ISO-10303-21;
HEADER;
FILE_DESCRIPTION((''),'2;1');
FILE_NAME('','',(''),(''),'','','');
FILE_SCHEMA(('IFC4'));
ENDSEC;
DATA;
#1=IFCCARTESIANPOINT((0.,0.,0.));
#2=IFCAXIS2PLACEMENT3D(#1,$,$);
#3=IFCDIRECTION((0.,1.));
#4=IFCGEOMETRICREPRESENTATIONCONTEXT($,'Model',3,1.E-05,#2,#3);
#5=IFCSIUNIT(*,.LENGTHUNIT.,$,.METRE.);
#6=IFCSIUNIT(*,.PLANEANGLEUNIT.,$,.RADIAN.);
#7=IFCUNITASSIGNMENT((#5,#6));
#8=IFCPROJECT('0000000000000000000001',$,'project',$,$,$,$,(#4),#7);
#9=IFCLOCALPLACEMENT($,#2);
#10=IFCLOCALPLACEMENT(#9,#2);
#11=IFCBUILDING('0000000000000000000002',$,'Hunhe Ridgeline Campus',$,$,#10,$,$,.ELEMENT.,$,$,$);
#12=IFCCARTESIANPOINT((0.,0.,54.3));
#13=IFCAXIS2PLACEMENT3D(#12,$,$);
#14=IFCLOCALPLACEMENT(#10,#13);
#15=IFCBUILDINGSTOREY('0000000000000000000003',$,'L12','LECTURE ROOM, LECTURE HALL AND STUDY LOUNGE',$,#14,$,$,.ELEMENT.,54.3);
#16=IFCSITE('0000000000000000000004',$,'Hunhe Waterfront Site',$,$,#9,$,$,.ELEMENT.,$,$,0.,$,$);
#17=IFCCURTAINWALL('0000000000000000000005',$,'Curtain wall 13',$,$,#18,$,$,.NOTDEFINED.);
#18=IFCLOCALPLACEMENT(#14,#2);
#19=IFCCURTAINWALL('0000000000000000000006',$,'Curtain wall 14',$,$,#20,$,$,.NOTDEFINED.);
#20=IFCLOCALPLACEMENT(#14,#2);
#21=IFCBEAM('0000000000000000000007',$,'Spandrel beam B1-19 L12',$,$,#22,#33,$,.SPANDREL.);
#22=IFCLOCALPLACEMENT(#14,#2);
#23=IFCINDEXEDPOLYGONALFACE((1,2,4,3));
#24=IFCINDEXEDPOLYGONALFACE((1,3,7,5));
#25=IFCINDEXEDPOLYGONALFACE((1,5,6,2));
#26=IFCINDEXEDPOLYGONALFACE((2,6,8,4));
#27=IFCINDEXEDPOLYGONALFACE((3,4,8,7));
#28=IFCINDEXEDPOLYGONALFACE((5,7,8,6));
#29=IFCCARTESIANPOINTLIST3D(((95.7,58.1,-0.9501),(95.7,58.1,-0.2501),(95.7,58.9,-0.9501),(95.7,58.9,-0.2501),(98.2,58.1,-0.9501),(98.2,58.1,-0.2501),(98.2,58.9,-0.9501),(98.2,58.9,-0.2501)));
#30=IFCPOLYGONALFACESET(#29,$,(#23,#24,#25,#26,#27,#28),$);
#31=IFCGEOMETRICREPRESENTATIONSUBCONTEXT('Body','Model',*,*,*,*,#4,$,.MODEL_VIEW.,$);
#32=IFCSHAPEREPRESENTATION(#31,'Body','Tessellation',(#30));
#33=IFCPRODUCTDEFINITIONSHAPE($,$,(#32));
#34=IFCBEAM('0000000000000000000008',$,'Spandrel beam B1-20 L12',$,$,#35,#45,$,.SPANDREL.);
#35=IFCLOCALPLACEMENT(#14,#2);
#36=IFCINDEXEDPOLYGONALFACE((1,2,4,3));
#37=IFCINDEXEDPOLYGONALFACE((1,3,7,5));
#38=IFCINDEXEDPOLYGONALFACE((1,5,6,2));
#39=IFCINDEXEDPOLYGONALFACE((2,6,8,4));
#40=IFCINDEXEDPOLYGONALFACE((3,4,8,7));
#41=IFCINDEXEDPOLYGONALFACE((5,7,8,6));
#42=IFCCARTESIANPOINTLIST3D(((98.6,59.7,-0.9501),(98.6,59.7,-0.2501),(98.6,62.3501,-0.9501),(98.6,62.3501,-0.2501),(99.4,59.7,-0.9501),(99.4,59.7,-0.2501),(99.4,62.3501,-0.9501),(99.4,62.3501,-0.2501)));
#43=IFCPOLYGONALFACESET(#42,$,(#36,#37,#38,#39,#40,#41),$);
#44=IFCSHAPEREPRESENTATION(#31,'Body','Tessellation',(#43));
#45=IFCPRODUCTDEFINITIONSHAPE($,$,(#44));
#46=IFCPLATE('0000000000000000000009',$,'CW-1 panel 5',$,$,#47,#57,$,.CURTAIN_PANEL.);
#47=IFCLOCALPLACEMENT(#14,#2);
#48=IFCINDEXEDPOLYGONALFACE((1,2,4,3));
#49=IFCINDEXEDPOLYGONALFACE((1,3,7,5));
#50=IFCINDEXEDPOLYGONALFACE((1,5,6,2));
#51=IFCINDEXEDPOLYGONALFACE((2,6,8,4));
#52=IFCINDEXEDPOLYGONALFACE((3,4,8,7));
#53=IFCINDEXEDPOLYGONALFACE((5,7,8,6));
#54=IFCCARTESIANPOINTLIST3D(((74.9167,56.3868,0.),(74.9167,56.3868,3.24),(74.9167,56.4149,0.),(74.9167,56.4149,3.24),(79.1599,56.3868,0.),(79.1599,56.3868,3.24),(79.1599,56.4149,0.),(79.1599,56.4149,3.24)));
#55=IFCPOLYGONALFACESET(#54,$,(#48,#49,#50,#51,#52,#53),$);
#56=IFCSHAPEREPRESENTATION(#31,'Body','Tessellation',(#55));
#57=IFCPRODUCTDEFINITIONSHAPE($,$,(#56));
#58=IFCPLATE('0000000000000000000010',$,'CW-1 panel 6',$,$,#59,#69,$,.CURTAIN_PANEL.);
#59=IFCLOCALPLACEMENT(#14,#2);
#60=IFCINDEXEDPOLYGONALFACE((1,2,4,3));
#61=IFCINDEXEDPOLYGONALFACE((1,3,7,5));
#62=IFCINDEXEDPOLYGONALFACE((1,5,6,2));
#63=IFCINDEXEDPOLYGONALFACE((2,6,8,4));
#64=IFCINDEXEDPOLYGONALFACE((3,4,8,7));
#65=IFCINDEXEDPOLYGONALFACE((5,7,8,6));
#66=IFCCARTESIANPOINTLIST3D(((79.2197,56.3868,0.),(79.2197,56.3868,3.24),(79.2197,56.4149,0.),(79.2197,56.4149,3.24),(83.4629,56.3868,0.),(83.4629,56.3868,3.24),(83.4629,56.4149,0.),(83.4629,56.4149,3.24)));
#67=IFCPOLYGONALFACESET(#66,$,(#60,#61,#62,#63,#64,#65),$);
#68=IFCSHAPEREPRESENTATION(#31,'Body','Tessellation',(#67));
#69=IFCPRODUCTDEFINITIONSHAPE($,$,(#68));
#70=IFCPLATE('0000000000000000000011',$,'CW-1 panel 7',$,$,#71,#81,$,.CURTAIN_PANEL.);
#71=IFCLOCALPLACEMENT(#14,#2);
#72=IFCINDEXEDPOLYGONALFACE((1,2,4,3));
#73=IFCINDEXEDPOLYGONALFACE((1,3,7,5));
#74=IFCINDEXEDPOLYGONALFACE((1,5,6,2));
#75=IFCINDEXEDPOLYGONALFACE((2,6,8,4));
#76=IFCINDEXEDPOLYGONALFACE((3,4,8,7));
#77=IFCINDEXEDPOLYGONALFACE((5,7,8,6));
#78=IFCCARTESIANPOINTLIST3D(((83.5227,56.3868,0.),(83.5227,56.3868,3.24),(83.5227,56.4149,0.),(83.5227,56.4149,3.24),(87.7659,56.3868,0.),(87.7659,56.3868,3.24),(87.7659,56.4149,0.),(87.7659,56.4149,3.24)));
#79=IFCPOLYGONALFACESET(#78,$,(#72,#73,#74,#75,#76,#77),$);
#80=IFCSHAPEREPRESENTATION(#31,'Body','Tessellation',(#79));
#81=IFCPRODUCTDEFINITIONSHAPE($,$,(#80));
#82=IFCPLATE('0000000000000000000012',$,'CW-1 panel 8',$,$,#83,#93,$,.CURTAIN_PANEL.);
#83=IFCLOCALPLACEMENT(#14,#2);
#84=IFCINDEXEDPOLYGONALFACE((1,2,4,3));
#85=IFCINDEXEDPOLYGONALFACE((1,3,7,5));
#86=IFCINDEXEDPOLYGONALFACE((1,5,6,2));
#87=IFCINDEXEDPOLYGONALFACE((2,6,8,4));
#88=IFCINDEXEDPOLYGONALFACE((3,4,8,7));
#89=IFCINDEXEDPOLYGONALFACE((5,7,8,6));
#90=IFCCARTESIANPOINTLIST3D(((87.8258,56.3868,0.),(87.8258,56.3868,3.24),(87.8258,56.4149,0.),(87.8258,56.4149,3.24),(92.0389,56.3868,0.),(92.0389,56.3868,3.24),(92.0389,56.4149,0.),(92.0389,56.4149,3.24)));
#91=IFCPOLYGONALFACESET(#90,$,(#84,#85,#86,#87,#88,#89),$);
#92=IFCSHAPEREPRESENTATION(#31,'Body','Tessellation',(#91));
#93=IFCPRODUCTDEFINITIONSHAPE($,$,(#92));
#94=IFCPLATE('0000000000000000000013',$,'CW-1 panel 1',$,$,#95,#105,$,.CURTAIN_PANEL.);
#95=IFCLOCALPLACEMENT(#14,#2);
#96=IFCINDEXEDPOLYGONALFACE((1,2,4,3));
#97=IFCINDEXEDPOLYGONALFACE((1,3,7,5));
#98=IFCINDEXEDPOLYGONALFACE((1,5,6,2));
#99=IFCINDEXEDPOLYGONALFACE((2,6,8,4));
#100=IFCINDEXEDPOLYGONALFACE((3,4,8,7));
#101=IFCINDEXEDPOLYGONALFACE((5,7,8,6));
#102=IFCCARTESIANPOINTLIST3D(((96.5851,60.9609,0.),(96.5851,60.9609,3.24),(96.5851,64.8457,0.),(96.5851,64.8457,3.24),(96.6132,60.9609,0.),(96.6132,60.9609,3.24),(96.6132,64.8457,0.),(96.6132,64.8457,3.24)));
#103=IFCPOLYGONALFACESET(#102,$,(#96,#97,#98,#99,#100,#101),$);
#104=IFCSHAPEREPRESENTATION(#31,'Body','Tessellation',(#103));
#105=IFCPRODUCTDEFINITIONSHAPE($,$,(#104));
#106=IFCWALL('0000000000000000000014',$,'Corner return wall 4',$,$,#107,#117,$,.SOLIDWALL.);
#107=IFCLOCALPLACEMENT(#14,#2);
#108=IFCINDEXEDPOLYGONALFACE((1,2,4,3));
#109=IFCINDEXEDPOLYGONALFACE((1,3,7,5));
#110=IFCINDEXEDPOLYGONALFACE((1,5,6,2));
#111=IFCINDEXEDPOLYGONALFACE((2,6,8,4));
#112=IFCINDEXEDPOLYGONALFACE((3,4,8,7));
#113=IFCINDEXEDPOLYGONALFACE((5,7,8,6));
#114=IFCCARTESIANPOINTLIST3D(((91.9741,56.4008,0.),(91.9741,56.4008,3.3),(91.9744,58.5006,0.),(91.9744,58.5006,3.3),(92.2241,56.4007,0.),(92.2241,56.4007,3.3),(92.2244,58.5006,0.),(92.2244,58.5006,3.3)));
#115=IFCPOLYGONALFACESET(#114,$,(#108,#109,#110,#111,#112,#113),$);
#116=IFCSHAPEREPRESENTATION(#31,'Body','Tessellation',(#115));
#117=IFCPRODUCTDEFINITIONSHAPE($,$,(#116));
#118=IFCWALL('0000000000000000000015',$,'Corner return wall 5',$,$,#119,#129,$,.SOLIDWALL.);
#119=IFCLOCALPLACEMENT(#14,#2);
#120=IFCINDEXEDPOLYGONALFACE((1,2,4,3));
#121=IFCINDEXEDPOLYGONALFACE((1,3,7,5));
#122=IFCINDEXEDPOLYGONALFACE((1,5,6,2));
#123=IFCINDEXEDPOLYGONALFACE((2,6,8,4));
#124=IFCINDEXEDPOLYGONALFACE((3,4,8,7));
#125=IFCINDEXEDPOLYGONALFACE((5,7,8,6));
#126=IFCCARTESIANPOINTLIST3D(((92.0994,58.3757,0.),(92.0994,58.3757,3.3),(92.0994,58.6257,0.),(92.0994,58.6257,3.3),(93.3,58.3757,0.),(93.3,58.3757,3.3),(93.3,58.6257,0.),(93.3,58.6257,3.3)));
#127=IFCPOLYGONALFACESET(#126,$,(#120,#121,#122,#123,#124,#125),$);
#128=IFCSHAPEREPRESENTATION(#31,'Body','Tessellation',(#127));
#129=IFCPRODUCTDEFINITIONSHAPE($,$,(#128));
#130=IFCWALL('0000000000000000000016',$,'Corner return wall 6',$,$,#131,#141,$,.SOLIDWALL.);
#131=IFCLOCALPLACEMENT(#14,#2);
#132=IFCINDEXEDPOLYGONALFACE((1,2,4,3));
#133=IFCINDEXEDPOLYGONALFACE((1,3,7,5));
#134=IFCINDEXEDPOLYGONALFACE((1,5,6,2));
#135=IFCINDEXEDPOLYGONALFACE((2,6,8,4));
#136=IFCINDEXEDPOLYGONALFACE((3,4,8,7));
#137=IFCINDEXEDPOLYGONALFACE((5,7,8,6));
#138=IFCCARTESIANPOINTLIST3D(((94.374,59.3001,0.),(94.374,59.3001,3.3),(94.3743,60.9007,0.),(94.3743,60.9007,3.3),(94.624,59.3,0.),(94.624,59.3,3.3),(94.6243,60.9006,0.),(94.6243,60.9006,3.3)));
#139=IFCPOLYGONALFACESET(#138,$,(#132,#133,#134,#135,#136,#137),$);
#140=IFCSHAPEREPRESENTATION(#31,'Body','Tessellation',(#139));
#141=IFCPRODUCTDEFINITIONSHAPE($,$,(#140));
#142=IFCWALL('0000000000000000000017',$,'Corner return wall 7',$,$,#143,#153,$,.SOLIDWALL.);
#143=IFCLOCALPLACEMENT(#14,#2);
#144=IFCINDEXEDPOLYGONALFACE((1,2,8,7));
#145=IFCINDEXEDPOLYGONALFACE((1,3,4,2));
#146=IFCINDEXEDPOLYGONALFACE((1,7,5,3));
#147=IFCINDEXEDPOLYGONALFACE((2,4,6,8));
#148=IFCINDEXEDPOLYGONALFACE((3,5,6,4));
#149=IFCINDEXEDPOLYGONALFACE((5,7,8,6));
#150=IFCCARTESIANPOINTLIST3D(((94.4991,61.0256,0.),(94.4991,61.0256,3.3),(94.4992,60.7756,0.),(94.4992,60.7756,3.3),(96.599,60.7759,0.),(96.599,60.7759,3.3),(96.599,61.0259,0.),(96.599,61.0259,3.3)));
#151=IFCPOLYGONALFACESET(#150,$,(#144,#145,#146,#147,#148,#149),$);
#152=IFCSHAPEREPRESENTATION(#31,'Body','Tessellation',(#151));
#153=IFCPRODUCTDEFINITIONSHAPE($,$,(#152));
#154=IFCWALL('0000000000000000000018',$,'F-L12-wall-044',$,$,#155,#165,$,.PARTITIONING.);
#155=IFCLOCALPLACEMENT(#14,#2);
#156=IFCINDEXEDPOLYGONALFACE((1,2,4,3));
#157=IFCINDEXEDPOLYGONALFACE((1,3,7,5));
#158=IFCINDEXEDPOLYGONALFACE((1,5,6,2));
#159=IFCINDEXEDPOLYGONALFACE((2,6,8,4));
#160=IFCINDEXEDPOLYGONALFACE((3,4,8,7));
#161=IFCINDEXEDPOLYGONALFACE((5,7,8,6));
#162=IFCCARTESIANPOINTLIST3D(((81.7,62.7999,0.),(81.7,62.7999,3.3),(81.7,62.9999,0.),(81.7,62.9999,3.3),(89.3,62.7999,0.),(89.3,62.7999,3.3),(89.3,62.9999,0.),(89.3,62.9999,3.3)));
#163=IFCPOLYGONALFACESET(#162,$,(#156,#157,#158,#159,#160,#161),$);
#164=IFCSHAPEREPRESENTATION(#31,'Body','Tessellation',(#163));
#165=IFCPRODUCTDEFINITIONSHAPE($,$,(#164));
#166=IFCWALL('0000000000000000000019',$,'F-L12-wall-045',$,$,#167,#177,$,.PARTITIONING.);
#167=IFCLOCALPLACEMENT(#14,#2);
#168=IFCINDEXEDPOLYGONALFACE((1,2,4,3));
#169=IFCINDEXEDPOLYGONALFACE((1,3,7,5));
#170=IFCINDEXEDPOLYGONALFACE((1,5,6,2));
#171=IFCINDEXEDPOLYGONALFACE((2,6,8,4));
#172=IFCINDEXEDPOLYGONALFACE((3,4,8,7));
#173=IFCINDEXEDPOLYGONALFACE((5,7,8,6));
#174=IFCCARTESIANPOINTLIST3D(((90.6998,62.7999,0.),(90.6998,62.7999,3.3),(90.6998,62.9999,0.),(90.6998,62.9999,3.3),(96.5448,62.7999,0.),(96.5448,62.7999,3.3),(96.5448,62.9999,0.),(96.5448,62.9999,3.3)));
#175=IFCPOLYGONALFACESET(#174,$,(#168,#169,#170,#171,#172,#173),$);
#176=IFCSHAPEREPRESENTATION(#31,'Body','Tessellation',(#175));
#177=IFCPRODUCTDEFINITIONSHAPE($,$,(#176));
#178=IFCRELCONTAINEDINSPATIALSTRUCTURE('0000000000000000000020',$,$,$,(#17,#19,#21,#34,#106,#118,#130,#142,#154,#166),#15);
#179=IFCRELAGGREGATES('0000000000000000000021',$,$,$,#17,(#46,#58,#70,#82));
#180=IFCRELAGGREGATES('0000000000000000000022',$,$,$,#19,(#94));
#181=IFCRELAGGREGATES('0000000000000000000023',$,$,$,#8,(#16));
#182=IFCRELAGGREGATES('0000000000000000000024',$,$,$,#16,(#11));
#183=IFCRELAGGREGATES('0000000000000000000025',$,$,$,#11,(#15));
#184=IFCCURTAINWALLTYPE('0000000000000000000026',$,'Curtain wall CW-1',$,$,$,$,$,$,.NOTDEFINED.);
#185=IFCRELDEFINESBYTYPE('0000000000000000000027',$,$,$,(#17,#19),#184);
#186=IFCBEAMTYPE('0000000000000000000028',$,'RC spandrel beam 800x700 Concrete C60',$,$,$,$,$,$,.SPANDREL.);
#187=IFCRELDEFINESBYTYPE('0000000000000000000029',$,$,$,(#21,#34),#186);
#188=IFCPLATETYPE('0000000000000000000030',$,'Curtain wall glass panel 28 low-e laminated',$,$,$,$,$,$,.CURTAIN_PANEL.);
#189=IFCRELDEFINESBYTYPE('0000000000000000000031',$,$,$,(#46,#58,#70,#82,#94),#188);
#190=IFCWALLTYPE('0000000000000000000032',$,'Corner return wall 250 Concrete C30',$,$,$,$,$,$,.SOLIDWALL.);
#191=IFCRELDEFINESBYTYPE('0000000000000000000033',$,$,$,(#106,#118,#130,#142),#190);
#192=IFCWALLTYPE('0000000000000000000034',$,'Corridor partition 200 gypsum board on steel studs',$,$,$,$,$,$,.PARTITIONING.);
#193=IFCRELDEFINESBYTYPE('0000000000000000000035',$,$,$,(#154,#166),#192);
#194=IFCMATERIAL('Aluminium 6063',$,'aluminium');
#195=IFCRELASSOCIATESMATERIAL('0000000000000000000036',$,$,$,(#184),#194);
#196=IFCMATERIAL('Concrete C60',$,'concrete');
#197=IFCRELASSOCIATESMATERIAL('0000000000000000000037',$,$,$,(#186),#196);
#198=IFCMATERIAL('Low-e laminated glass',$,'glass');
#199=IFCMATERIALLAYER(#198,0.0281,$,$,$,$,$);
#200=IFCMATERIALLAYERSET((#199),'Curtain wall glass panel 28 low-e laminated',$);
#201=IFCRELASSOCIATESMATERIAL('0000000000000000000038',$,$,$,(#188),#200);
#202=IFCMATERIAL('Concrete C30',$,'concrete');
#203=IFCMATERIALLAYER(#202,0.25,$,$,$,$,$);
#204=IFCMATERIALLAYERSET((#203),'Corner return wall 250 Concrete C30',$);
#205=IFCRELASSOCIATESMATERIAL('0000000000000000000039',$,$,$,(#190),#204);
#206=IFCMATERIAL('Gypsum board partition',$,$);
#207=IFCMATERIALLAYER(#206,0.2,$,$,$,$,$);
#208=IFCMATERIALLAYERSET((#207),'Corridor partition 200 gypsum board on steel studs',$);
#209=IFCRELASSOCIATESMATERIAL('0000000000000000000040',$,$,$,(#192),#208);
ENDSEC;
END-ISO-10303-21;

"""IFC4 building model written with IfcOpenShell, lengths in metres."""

from ifc_helpers import new_model, si_unit, direction, frame, frame_2d, origin, origin_2d, place, context, subcontext, project, spatial, rectangle, extrude, material, layer, layer_set, material_profile, profile_set, type_object, element, aggregate, save


model = new_model("IFC4")

# Units and contexts
model_context = context("Model", 3, precision=1e-05, world=origin(), true_north=direction((0.0, 1.0)))
body_context = subcontext(model_context, "Body", "Model", "MODEL_VIEW")
ifc_project = project(units=[si_unit("LENGTHUNIT", "METRE"), si_unit("PLANEANGLEUNIT", "RADIAN")], contexts=[model_context])

# Site, building, storey
site_placement = place(None, origin())
site = spatial("IfcSite", under=ifc_project, at=site_placement, Name="Hunhe Waterfront Site", CompositionType="ELEMENT", RefElevation=0.0)
building_placement = place(site_placement, origin())
building = spatial("IfcBuilding", under=site, at=building_placement, Name="Hunhe Ridgeline Campus", CompositionType="ELEMENT")
storey_placement = place(building_placement, frame((0.0, 0.0, 54.3)))
storey = spatial("IfcBuildingStorey", under=building, at=storey_placement, Name="L12", Description="LECTURE ROOM, LECTURE HALL AND STUDY LOUNGE", CompositionType="ELEMENT", Elevation=54.3)

# Curtain walls
ifc_material_1 = material(Name="Aluminium 6063", Category="aluminium")
curtain_wall_type = type_object("IfcCurtainWallType", Name="Curtain wall CW-1", PredefinedType="NOTDEFINED", material=ifc_material_1)
curtain_wall_1_placement = place(storey_placement, origin())
curtain_wall_1 = element("IfcCurtainWall", 1, at=curtain_wall_1_placement, inside=storey, type_object=curtain_wall_type, Name="Curtain wall 13", PredefinedType="NOTDEFINED")
curtain_wall_2_placement = place(storey_placement, origin())
curtain_wall_2 = element("IfcCurtainWall", 2, at=curtain_wall_2_placement, inside=storey, type_object=curtain_wall_type, Name="Curtain wall 14", PredefinedType="NOTDEFINED")

# Beams
ifc_material_2 = material(Name="Concrete C60", Category="concrete")
ifc_material_profile_1 = material_profile(ifc_material_2, rectangle(XDim=0.8, YDim=0.7, at=origin_2d()))
ifc_profile_set_1 = profile_set([ifc_material_profile_1], Name="Concrete C60")
beam_type = type_object("IfcBeamType", Name="RC spandrel beam 800x700 Concrete C60", PredefinedType="SPANDREL", material=ifc_profile_set_1)
for number, where, z_axis, x_axis, name in (
    (3, (95.7, 58.5, -0.6001), (1.0, 0.0, 0.0), (0.0, 1.0, 0.0), "Spandrel beam B1-19 L12"),
):
    element("IfcBeam", number, at=place(storey_placement, frame(where, z_axis=z_axis, x_axis=x_axis)), inside=storey, type_object=beam_type, Name=name, PredefinedType="SPANDREL", context=body_context, shape_type="SweptSolid", body=[
        extrude(rectangle(XDim=0.8, YDim=0.7, at=origin_2d()), origin(), (0.0, 0.0, 1.0), 2.5),
    ])
beam_1_placement = place(storey_placement, frame((99.0, 59.7, -0.6001), z_axis=(0.0, 1.0, 0.0), x_axis=(-1.0, 0.0, 0.0)))
element("IfcBeam", 4, at=beam_1_placement, inside=storey, type_object=beam_type, Name="Spandrel beam B1-20 L12", PredefinedType="SPANDREL", context=body_context, shape_type="SweptSolid", body=[
    extrude(rectangle(XDim=0.8, YDim=0.7, at=origin_2d()), origin(), (0.0, 0.0, 1.0), 2.6501),
])

# Plates
ifc_material_3 = material(Name="Low-e laminated glass", Category="glass")
ifc_layer_1 = layer(ifc_material_3, 0.0281)
ifc_layer_set_1 = layer_set([ifc_layer_1], Name="Curtain wall glass panel 28 low-e laminated")
plate_type = type_object("IfcPlateType", Name="Curtain wall glass panel 28 low-e laminated", PredefinedType="CURTAIN_PANEL", material=ifc_layer_set_1)
plate_1_placement = place(storey_placement, frame((77.0383, 56.4009, 0.0), z_axis=(0.0, 0.0, 1.0), x_axis=(1.0, 0.000004, 0.0)))
plate_1 = element("IfcPlate", 5, at=plate_1_placement, type_object=plate_type, Name="CW-1 panel 5", PredefinedType="CURTAIN_PANEL", context=body_context, shape_type="SweptSolid", body=[
    extrude(rectangle(XDim=4.2432, YDim=0.0281, at=origin_2d()), origin(), (0.0, 0.0, 1.0), 3.24),
])
plate_2_placement = place(storey_placement, frame((81.3413, 56.4009, 0.0), z_axis=(0.0, 0.0, 1.0), x_axis=(1.0, 0.000004, 0.0)))
plate_2 = element("IfcPlate", 6, at=plate_2_placement, type_object=plate_type, Name="CW-1 panel 6", PredefinedType="CURTAIN_PANEL", context=body_context, shape_type="SweptSolid", body=[
    extrude(rectangle(XDim=4.2432, YDim=0.0281, at=origin_2d()), origin(), (0.0, 0.0, 1.0), 3.24),
])
plate_3_placement = place(storey_placement, frame((85.6443, 56.4009, 0.0), z_axis=(0.0, 0.0, 1.0), x_axis=(1.0, 0.000004, 0.0)))
plate_3 = element("IfcPlate", 7, at=plate_3_placement, type_object=plate_type, Name="CW-1 panel 7", PredefinedType="CURTAIN_PANEL", context=body_context, shape_type="SweptSolid", body=[
    extrude(rectangle(XDim=4.2432, YDim=0.0281, at=origin_2d()), origin(), (0.0, 0.0, 1.0), 3.24),
])
plate_4_placement = place(storey_placement, frame((89.9324, 56.4009, 0.0), z_axis=(0.0, 0.0, 1.0), x_axis=(1.0, 0.000004, 0.0)))
plate_4 = element("IfcPlate", 8, at=plate_4_placement, type_object=plate_type, Name="CW-1 panel 8", PredefinedType="CURTAIN_PANEL", context=body_context, shape_type="SweptSolid", body=[
    extrude(rectangle(XDim=4.2131, YDim=0.0281, at=origin_2d()), origin(), (0.0, 0.0, 1.0), 3.24),
])
aggregate(curtain_wall_1, [plate_1, plate_2, plate_3, plate_4])
plate_5_placement = place(storey_placement, frame((96.5991, 62.9033, 0.0), z_axis=(0.0, 0.0, 1.0), x_axis=(0.0, 1.0, 0.0)))
plate_5 = element("IfcPlate", 9, at=plate_5_placement, type_object=plate_type, Name="CW-1 panel 1", PredefinedType="CURTAIN_PANEL", context=body_context, shape_type="SweptSolid", body=[
    extrude(rectangle(XDim=3.8848, YDim=0.0281, at=origin_2d()), origin(), (0.0, 0.0, 1.0), 3.24),
])
aggregate(curtain_wall_2, [plate_5])

# Walls
ifc_material_4 = material(Name="Concrete C30", Category="concrete")
ifc_layer_2 = layer(ifc_material_4, 0.25)
ifc_layer_set_2 = layer_set([ifc_layer_2], Name="Corner return wall 250 Concrete C30")
wall_type_1 = type_object("IfcWallType", Name="Corner return wall 250 Concrete C30", PredefinedType="SOLIDWALL", material=ifc_layer_set_2)
wall_1_placement = place(storey_placement, frame((92.0991, 56.4009, 0.0), z_axis=(0.0, 0.0, 1.0), x_axis=(0.000116, 1.0, 0.0)))
element("IfcWall", 10, at=wall_1_placement, inside=storey, type_object=wall_type_1, Name="Corner return wall 4", PredefinedType="SOLIDWALL", context=body_context, shape_type="SweptSolid", body=[
    extrude(rectangle(XDim=2.0999, YDim=0.25, at=frame_2d((1.0498, 0.0))), origin(), (0.0, 0.0, 1.0), 3.3),
])
wall_2_placement = place(storey_placement, frame((92.0994, 58.5007, 0.0), z_axis=(0.0, 0.0, 1.0), x_axis=(1.0, 0.0, 0.0)))
element("IfcWall", 11, at=wall_2_placement, inside=storey, type_object=wall_type_1, Name="Corner return wall 5", PredefinedType="SOLIDWALL", context=body_context, shape_type="SweptSolid", body=[
    extrude(rectangle(XDim=1.2007, YDim=0.25, at=frame_2d((0.6003, 0.0))), origin(), (0.0, 0.0, 1.0), 3.3),
])
wall_3_placement = place(storey_placement, frame((94.499, 59.3, 0.0), z_axis=(0.0, 0.0, 1.0), x_axis=(0.000153, 1.0, 0.0)))
element("IfcWall", 12, at=wall_3_placement, inside=storey, type_object=wall_type_1, Name="Corner return wall 6", PredefinedType="SOLIDWALL", context=body_context, shape_type="SweptSolid", body=[
    extrude(rectangle(XDim=1.6006, YDim=0.25, at=frame_2d((0.8003, 0.0))), origin(), (0.0, 0.0, 1.0), 3.3),
])
wall_4_placement = place(storey_placement, frame((94.4993, 60.9006, 0.0), z_axis=(0.0, 0.0, 1.0), x_axis=(1.0, 0.000116, 0.0)))
element("IfcWall", 13, at=wall_4_placement, inside=storey, type_object=wall_type_1, Name="Corner return wall 7", PredefinedType="SOLIDWALL", context=body_context, shape_type="SweptSolid", body=[
    extrude(rectangle(XDim=2.0999, YDim=0.25, at=frame_2d((1.0498, 0.0))), origin(), (0.0, 0.0, 1.0), 3.3),
])

# Shared definitions
ifc_material_5 = material(Name="Gypsum board partition")
ifc_layer_3 = layer(ifc_material_5, 0.2)
ifc_layer_set_3 = layer_set([ifc_layer_3], Name="Corridor partition 200 gypsum board on steel studs")
wall_type_2 = type_object("IfcWallType", Name="Corridor partition 200 gypsum board on steel studs", PredefinedType="PARTITIONING", material=ifc_layer_set_3)

# Walls
wall_5_placement = place(storey_placement, frame((81.7, 62.8999, 0.0), z_axis=(0.0, 0.0, 1.0), x_axis=(1.0, 0.0, 0.0)))
element("IfcWall", 14, at=wall_5_placement, inside=storey, type_object=wall_type_2, Name="F-L12-wall-044", PredefinedType="PARTITIONING", context=body_context, shape_type="SweptSolid", body=[
    extrude(rectangle(XDim=7.6001, YDim=0.2, at=frame_2d((3.8, 0.0))), origin(), (0.0, 0.0, 1.0), 3.3),
])
wall_6_placement = place(storey_placement, frame((90.7, 62.8999, 0.0), z_axis=(0.0, 0.0, 1.0), x_axis=(1.0, 0.0, 0.0)))
element("IfcWall", 15, at=wall_6_placement, inside=storey, type_object=wall_type_2, Name="F-L12-wall-045", PredefinedType="PARTITIONING", context=body_context, shape_type="SweptSolid", body=[
    extrude(rectangle(XDim=5.845, YDim=0.2, at=frame_2d((2.9224, 0.0))), origin(), (0.0, 0.0, 1.0), 3.3),
])

save(model, "model.ifc")
